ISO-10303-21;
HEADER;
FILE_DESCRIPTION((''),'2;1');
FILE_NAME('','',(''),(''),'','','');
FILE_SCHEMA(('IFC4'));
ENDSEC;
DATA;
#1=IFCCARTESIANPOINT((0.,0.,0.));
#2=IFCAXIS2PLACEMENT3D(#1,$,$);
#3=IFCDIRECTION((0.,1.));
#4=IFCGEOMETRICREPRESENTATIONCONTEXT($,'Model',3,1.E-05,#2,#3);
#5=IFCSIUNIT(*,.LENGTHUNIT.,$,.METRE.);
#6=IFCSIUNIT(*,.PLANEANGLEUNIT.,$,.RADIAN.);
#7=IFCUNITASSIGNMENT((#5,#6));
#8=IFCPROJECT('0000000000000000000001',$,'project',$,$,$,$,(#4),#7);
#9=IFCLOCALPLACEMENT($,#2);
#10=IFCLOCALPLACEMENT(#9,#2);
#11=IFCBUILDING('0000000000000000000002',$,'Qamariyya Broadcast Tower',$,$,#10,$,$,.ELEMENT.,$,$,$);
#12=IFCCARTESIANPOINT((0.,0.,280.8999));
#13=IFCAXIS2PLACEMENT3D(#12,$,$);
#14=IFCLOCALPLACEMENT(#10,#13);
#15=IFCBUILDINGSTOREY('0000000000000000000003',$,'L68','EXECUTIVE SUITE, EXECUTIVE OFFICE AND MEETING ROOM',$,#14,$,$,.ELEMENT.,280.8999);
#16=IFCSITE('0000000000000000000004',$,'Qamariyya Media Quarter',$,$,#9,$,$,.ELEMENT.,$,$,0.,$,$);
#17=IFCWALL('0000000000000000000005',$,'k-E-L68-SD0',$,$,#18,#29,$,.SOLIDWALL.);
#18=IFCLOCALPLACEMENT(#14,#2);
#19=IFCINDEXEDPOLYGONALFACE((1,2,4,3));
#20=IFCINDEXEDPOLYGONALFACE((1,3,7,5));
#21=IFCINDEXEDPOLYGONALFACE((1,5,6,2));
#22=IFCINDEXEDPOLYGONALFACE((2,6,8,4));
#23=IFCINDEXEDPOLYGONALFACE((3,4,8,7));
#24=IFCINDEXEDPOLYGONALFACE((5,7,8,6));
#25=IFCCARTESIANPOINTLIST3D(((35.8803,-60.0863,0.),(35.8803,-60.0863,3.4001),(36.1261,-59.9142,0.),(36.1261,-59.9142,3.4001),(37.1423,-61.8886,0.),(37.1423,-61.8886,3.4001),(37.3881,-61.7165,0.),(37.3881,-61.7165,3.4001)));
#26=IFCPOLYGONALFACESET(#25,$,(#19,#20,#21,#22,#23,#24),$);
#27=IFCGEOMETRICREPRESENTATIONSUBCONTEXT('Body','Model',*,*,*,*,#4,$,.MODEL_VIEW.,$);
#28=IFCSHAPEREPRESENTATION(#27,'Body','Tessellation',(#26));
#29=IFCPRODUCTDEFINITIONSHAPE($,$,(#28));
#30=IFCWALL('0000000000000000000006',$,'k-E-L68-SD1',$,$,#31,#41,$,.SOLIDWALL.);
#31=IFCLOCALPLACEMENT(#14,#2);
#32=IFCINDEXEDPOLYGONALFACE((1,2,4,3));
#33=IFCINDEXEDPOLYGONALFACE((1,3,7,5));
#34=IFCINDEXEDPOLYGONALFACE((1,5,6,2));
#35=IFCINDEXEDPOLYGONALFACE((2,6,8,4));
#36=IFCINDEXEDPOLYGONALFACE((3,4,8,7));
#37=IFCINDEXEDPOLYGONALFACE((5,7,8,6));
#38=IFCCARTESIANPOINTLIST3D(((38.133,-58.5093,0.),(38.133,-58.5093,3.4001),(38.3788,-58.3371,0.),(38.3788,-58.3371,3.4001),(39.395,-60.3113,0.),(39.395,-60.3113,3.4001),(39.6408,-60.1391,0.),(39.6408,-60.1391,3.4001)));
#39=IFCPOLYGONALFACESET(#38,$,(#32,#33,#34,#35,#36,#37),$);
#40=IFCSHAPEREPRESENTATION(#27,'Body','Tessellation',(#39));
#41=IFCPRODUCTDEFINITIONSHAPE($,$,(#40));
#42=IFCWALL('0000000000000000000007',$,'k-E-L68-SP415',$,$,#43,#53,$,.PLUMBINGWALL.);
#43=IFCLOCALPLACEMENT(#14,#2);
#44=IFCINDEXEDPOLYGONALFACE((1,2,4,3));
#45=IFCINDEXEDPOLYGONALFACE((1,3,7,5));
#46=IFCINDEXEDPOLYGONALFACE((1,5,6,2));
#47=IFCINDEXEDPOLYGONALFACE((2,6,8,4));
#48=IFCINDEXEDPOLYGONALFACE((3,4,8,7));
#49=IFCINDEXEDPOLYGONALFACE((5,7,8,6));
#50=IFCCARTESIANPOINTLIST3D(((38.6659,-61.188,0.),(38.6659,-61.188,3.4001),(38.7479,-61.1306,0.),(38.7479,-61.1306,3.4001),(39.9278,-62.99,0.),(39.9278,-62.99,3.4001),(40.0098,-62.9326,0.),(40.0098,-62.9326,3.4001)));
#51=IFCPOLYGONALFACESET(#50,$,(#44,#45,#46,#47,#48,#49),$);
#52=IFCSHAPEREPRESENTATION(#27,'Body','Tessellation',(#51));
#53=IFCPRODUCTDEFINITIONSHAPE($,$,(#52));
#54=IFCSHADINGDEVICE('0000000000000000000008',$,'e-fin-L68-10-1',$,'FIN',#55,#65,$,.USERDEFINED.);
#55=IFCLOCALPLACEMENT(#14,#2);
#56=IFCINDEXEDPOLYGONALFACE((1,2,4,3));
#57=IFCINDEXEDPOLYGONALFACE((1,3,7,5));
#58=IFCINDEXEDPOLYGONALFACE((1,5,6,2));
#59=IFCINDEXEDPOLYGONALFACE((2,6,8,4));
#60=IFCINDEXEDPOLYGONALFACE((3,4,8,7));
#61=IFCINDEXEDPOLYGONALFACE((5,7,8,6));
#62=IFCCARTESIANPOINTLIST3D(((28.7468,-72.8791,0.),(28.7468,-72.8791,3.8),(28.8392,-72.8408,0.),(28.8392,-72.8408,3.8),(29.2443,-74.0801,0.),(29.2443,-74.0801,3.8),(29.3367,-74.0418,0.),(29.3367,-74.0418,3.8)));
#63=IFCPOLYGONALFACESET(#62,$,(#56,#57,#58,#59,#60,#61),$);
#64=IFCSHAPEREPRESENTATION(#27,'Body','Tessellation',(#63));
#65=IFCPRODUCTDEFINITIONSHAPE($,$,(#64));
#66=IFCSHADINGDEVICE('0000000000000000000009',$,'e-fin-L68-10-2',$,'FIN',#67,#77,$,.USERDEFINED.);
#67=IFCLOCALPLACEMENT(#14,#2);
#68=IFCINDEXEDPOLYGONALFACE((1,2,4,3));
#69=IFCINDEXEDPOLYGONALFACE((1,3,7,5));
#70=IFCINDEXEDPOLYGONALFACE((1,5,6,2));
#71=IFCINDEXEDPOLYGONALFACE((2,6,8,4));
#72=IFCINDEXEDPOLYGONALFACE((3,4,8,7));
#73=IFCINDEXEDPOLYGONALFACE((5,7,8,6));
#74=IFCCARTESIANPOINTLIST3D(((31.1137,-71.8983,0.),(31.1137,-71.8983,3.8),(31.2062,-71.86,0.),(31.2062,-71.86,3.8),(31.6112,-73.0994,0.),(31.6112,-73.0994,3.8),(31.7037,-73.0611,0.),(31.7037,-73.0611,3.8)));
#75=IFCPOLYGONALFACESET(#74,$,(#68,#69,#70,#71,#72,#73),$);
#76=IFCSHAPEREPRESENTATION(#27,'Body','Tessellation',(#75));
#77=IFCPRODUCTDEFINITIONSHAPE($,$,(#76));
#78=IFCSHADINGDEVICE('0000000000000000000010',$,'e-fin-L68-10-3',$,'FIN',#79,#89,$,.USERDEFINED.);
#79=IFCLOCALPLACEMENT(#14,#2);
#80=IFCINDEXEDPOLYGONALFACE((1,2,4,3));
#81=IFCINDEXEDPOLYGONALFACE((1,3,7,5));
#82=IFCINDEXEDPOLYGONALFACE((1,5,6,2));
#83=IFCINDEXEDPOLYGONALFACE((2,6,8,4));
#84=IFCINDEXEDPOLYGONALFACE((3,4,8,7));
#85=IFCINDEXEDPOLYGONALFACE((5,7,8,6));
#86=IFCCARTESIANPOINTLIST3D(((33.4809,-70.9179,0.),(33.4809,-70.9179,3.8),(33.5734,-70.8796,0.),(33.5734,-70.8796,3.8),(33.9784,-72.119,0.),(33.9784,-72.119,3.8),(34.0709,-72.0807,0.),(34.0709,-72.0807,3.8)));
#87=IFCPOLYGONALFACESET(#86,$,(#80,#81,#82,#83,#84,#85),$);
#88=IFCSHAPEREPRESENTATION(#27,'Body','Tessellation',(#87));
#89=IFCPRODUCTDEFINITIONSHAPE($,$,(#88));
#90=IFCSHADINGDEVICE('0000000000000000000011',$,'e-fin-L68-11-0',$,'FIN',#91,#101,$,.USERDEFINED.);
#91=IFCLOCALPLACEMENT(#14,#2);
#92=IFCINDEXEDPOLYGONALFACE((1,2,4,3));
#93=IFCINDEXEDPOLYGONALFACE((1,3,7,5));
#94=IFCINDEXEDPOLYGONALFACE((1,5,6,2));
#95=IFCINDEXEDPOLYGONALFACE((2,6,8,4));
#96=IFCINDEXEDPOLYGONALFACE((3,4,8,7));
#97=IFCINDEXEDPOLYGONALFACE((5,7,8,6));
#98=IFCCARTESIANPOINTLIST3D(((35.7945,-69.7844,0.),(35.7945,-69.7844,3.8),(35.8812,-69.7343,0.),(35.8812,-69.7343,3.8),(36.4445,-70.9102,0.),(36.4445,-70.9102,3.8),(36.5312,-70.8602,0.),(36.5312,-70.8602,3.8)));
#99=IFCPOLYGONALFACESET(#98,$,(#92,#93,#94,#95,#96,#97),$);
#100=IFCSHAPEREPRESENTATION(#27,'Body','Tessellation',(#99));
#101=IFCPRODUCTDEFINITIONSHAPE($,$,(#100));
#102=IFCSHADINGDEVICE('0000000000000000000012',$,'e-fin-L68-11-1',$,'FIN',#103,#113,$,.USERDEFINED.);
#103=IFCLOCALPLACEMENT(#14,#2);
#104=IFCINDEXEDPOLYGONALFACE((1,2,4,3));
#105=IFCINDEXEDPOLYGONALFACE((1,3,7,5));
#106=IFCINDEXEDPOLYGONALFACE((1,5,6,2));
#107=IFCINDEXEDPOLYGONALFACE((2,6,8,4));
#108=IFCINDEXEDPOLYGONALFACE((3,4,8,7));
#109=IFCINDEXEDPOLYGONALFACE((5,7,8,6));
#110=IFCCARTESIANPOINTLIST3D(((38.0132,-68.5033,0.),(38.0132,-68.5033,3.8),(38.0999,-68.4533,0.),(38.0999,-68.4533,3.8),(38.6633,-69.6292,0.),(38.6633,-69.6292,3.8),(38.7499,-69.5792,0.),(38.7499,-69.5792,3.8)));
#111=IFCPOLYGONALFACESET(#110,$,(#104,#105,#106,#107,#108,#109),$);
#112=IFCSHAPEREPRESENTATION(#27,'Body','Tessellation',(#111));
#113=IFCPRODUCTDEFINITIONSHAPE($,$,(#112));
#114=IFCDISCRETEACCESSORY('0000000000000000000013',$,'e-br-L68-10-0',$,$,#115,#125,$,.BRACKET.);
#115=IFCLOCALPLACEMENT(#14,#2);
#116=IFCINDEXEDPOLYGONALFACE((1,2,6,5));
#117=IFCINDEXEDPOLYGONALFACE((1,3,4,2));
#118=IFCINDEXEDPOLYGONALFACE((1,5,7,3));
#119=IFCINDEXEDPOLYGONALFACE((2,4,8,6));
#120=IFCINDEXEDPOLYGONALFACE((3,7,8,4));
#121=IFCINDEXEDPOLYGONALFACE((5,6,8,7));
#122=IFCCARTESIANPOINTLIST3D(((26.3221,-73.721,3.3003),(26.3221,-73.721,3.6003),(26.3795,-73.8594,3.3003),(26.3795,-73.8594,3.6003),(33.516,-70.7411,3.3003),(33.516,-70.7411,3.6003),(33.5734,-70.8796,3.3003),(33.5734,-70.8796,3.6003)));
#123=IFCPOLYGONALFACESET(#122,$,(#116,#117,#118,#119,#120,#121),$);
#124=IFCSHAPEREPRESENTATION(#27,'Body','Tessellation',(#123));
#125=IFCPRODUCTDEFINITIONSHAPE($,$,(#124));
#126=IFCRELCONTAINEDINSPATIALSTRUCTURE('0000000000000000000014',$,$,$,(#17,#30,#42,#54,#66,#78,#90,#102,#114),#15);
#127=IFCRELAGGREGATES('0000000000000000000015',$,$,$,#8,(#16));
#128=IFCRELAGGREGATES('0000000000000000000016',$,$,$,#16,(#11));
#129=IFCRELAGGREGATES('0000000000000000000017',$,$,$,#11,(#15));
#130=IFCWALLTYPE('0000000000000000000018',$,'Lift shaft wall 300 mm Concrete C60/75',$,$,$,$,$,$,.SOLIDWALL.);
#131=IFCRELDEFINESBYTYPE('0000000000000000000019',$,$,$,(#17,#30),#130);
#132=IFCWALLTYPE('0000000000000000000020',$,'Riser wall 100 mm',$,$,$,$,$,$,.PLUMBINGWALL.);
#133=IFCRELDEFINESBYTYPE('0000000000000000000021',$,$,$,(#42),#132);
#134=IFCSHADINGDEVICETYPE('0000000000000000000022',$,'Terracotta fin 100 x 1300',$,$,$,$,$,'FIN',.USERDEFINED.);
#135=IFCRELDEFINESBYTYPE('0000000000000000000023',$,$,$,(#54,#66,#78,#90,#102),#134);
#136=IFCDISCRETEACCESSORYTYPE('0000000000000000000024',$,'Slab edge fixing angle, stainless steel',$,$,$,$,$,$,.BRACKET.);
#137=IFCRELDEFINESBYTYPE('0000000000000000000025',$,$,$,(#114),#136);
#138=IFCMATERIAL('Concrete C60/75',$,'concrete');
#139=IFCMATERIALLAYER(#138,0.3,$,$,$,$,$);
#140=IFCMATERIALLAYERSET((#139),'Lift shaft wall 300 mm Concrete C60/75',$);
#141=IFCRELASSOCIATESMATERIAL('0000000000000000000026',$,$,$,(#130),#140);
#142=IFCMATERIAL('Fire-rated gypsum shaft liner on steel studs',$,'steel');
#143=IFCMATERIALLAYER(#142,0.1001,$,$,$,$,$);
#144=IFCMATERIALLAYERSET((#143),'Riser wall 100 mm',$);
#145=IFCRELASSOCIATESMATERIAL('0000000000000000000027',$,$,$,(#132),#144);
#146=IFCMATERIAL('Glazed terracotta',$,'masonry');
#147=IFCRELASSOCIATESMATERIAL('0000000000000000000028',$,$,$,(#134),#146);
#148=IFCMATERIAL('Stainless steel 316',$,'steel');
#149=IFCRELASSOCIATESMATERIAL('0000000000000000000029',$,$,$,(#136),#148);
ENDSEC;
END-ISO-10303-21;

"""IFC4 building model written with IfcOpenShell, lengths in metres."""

from ifc_helpers import new_model, si_unit, direction, frame, frame_2d, origin, origin_2d, place, context, subcontext, project, spatial, rectangle, extrude, material, layer, layer_set, material_profile, profile_set, type_object, element, save


model = new_model("IFC4")

# Units and contexts
model_context = context("Model", 3, precision=1e-05, world=origin(), true_north=direction((0.0, 1.0)))
body_context = subcontext(model_context, "Body", "Model", "MODEL_VIEW")
ifc_project = project(units=[si_unit("LENGTHUNIT", "METRE"), si_unit("PLANEANGLEUNIT", "RADIAN")], contexts=[model_context])

# Site, building, storey
site_placement = place(None, origin())
site = spatial("IfcSite", under=ifc_project, at=site_placement, Name="Qamariyya Media Quarter", CompositionType="ELEMENT", RefElevation=0.0)
building_placement = place(site_placement, origin())
building = spatial("IfcBuilding", under=site, at=building_placement, Name="Qamariyya Broadcast Tower", CompositionType="ELEMENT")
storey_placement = place(building_placement, frame((0.0, 0.0, 280.8999)))
storey = spatial("IfcBuildingStorey", under=building, at=storey_placement, Name="L68", Description="EXECUTIVE SUITE, EXECUTIVE OFFICE AND MEETING ROOM", CompositionType="ELEMENT", Elevation=280.8999)

# Shared definitions
ifc_material_1 = material(Name="Concrete C60/75", Category="concrete")

# Shared definitions
ifc_layer_1 = layer(ifc_material_1, 0.3)
ifc_layer_set_1 = layer_set([ifc_layer_1], Name="Lift shaft wall 300 mm Concrete C60/75")
wall_type_1 = type_object("IfcWallType", Name="Lift shaft wall 300 mm Concrete C60/75", PredefinedType="SOLIDWALL", material=ifc_layer_set_1)

# Walls
wall_1_placement = place(storey_placement, frame((36.0032, -60.0002, 0.0), z_axis=(0.0, 0.0, 1.0), x_axis=(0.573581, -0.819149, 0.0)))
element("IfcWall", 1, at=wall_1_placement, inside=storey, type_object=wall_type_1, Name="k-E-L68-SD0", PredefinedType="SOLIDWALL", context=body_context, shape_type="SweptSolid", body=[
    extrude(rectangle(XDim=2.2002, YDim=0.3, at=frame_2d((1.1001, 0.0))), origin(), (0.0, 0.0, 1.0), 3.4001),
])
wall_2_placement = place(storey_placement, frame((38.2559, -58.4231, 0.0), z_axis=(0.0, 0.0, 1.0), x_axis=(0.573634, -0.819112, 0.0)))
element("IfcWall", 2, at=wall_2_placement, inside=storey, type_object=wall_type_1, Name="k-E-L68-SD1", PredefinedType="SOLIDWALL", context=body_context, shape_type="SweptSolid", body=[
    extrude(rectangle(XDim=2.2, YDim=0.3, at=frame_2d((1.1001, 0.0))), origin(), (0.0, 0.0, 1.0), 3.4001),
])
ifc_material_2 = material(Name="Fire-rated gypsum shaft liner on steel studs", Category="steel")
ifc_layer_2 = layer(ifc_material_2, 0.1001)
ifc_layer_set_2 = layer_set([ifc_layer_2], Name="Riser wall 100 mm")
wall_type_2 = type_object("IfcWallType", Name="Riser wall 100 mm", PredefinedType="PLUMBINGWALL", material=ifc_layer_set_2)
wall_3_placement = place(storey_placement, frame((38.7068, -61.1592, 0.0), z_axis=(0.0, 0.0, 1.0), x_axis=(0.573634, -0.819112, 0.0)))
element("IfcWall", 3, at=wall_3_placement, inside=storey, type_object=wall_type_2, Name="k-E-L68-SP415", PredefinedType="PLUMBINGWALL", context=body_context, shape_type="SweptSolid", body=[
    extrude(rectangle(XDim=2.2, YDim=0.1001, at=frame_2d((1.1001, 0.0))), origin(), (0.0, 0.0, 1.0), 3.4001),
])

# Shading devices
ifc_material_3 = material(Name="Glazed terracotta", Category="masonry")
ifc_material_profile_1 = material_profile(ifc_material_3, rectangle(XDim=1.3, YDim=0.1001, at=origin_2d()))
ifc_profile_set_1 = profile_set([ifc_material_profile_1], Name="Glazed terracotta")
shading_device_type_1 = type_object("IfcShadingDeviceType", Name="Terracotta fin 100 x 1300", ElementType="FIN", PredefinedType="USERDEFINED", material=ifc_profile_set_1)
for number, where, z_axis, x_axis, name in (
    (4, (29.0417, -73.4604, 0.0), (0.0, 0.0, 1.0), (0.382683, -0.92388, 0.0), "e-fin-L68-10-1"),
    (5, (31.4087, -72.4797, 0.0), (0.0, 0.0, 1.0), (0.382683, -0.92388, 0.0), "e-fin-L68-10-2"),
    (6, (33.7759, -71.4993, 0.0), (0.0, 0.0, 1.0), (0.382683, -0.92388, 0.0), "e-fin-L68-10-3"),
    (7, (36.1628, -70.3223, 0.0), (0.0, 0.0, 1.0), (0.5, -0.866025, 0.0), "e-fin-L68-11-0"),
    (8, (38.3816, -69.0413, 0.0), (0.0, 0.0, 1.0), (0.5, -0.866025, 0.0), "e-fin-L68-11-1"),
):
    element("IfcShadingDevice", number, at=place(storey_placement, frame(where, z_axis=z_axis, x_axis=x_axis)), inside=storey, type_object=shading_device_type_1, Name=name, ObjectType="FIN", PredefinedType="USERDEFINED", context=body_context, shape_type="SweptSolid", body=[
        extrude(rectangle(XDim=1.3, YDim=0.1001, at=origin_2d()), origin(), (0.0, 0.0, 1.0), 3.8),
    ])

# Discrete accessory
ifc_material_4 = material(Name="Stainless steel 316", Category="steel")
discrete_accessory_type = type_object("IfcDiscreteAccessoryType", Name="Slab edge fixing angle, stainless steel", PredefinedType="BRACKET", material=ifc_material_4)
discrete_accessory_placement = place(storey_placement, frame((29.9478, -72.3003, 3.3003), z_axis=(0.0, 0.0, 1.0), x_axis=(0.92388, 0.382683, 0.0)))
element("IfcDiscreteAccessory", 9, at=discrete_accessory_placement, inside=storey, type_object=discrete_accessory_type, Name="e-br-L68-10-0", PredefinedType="BRACKET", context=body_context, shape_type="SweptSolid", body=[
    extrude(rectangle(XDim=7.7866, YDim=0.1499, at=origin_2d()), origin(), (0.0, 0.0, 1.0), 0.3),
])

save(model, "model.ifc")
